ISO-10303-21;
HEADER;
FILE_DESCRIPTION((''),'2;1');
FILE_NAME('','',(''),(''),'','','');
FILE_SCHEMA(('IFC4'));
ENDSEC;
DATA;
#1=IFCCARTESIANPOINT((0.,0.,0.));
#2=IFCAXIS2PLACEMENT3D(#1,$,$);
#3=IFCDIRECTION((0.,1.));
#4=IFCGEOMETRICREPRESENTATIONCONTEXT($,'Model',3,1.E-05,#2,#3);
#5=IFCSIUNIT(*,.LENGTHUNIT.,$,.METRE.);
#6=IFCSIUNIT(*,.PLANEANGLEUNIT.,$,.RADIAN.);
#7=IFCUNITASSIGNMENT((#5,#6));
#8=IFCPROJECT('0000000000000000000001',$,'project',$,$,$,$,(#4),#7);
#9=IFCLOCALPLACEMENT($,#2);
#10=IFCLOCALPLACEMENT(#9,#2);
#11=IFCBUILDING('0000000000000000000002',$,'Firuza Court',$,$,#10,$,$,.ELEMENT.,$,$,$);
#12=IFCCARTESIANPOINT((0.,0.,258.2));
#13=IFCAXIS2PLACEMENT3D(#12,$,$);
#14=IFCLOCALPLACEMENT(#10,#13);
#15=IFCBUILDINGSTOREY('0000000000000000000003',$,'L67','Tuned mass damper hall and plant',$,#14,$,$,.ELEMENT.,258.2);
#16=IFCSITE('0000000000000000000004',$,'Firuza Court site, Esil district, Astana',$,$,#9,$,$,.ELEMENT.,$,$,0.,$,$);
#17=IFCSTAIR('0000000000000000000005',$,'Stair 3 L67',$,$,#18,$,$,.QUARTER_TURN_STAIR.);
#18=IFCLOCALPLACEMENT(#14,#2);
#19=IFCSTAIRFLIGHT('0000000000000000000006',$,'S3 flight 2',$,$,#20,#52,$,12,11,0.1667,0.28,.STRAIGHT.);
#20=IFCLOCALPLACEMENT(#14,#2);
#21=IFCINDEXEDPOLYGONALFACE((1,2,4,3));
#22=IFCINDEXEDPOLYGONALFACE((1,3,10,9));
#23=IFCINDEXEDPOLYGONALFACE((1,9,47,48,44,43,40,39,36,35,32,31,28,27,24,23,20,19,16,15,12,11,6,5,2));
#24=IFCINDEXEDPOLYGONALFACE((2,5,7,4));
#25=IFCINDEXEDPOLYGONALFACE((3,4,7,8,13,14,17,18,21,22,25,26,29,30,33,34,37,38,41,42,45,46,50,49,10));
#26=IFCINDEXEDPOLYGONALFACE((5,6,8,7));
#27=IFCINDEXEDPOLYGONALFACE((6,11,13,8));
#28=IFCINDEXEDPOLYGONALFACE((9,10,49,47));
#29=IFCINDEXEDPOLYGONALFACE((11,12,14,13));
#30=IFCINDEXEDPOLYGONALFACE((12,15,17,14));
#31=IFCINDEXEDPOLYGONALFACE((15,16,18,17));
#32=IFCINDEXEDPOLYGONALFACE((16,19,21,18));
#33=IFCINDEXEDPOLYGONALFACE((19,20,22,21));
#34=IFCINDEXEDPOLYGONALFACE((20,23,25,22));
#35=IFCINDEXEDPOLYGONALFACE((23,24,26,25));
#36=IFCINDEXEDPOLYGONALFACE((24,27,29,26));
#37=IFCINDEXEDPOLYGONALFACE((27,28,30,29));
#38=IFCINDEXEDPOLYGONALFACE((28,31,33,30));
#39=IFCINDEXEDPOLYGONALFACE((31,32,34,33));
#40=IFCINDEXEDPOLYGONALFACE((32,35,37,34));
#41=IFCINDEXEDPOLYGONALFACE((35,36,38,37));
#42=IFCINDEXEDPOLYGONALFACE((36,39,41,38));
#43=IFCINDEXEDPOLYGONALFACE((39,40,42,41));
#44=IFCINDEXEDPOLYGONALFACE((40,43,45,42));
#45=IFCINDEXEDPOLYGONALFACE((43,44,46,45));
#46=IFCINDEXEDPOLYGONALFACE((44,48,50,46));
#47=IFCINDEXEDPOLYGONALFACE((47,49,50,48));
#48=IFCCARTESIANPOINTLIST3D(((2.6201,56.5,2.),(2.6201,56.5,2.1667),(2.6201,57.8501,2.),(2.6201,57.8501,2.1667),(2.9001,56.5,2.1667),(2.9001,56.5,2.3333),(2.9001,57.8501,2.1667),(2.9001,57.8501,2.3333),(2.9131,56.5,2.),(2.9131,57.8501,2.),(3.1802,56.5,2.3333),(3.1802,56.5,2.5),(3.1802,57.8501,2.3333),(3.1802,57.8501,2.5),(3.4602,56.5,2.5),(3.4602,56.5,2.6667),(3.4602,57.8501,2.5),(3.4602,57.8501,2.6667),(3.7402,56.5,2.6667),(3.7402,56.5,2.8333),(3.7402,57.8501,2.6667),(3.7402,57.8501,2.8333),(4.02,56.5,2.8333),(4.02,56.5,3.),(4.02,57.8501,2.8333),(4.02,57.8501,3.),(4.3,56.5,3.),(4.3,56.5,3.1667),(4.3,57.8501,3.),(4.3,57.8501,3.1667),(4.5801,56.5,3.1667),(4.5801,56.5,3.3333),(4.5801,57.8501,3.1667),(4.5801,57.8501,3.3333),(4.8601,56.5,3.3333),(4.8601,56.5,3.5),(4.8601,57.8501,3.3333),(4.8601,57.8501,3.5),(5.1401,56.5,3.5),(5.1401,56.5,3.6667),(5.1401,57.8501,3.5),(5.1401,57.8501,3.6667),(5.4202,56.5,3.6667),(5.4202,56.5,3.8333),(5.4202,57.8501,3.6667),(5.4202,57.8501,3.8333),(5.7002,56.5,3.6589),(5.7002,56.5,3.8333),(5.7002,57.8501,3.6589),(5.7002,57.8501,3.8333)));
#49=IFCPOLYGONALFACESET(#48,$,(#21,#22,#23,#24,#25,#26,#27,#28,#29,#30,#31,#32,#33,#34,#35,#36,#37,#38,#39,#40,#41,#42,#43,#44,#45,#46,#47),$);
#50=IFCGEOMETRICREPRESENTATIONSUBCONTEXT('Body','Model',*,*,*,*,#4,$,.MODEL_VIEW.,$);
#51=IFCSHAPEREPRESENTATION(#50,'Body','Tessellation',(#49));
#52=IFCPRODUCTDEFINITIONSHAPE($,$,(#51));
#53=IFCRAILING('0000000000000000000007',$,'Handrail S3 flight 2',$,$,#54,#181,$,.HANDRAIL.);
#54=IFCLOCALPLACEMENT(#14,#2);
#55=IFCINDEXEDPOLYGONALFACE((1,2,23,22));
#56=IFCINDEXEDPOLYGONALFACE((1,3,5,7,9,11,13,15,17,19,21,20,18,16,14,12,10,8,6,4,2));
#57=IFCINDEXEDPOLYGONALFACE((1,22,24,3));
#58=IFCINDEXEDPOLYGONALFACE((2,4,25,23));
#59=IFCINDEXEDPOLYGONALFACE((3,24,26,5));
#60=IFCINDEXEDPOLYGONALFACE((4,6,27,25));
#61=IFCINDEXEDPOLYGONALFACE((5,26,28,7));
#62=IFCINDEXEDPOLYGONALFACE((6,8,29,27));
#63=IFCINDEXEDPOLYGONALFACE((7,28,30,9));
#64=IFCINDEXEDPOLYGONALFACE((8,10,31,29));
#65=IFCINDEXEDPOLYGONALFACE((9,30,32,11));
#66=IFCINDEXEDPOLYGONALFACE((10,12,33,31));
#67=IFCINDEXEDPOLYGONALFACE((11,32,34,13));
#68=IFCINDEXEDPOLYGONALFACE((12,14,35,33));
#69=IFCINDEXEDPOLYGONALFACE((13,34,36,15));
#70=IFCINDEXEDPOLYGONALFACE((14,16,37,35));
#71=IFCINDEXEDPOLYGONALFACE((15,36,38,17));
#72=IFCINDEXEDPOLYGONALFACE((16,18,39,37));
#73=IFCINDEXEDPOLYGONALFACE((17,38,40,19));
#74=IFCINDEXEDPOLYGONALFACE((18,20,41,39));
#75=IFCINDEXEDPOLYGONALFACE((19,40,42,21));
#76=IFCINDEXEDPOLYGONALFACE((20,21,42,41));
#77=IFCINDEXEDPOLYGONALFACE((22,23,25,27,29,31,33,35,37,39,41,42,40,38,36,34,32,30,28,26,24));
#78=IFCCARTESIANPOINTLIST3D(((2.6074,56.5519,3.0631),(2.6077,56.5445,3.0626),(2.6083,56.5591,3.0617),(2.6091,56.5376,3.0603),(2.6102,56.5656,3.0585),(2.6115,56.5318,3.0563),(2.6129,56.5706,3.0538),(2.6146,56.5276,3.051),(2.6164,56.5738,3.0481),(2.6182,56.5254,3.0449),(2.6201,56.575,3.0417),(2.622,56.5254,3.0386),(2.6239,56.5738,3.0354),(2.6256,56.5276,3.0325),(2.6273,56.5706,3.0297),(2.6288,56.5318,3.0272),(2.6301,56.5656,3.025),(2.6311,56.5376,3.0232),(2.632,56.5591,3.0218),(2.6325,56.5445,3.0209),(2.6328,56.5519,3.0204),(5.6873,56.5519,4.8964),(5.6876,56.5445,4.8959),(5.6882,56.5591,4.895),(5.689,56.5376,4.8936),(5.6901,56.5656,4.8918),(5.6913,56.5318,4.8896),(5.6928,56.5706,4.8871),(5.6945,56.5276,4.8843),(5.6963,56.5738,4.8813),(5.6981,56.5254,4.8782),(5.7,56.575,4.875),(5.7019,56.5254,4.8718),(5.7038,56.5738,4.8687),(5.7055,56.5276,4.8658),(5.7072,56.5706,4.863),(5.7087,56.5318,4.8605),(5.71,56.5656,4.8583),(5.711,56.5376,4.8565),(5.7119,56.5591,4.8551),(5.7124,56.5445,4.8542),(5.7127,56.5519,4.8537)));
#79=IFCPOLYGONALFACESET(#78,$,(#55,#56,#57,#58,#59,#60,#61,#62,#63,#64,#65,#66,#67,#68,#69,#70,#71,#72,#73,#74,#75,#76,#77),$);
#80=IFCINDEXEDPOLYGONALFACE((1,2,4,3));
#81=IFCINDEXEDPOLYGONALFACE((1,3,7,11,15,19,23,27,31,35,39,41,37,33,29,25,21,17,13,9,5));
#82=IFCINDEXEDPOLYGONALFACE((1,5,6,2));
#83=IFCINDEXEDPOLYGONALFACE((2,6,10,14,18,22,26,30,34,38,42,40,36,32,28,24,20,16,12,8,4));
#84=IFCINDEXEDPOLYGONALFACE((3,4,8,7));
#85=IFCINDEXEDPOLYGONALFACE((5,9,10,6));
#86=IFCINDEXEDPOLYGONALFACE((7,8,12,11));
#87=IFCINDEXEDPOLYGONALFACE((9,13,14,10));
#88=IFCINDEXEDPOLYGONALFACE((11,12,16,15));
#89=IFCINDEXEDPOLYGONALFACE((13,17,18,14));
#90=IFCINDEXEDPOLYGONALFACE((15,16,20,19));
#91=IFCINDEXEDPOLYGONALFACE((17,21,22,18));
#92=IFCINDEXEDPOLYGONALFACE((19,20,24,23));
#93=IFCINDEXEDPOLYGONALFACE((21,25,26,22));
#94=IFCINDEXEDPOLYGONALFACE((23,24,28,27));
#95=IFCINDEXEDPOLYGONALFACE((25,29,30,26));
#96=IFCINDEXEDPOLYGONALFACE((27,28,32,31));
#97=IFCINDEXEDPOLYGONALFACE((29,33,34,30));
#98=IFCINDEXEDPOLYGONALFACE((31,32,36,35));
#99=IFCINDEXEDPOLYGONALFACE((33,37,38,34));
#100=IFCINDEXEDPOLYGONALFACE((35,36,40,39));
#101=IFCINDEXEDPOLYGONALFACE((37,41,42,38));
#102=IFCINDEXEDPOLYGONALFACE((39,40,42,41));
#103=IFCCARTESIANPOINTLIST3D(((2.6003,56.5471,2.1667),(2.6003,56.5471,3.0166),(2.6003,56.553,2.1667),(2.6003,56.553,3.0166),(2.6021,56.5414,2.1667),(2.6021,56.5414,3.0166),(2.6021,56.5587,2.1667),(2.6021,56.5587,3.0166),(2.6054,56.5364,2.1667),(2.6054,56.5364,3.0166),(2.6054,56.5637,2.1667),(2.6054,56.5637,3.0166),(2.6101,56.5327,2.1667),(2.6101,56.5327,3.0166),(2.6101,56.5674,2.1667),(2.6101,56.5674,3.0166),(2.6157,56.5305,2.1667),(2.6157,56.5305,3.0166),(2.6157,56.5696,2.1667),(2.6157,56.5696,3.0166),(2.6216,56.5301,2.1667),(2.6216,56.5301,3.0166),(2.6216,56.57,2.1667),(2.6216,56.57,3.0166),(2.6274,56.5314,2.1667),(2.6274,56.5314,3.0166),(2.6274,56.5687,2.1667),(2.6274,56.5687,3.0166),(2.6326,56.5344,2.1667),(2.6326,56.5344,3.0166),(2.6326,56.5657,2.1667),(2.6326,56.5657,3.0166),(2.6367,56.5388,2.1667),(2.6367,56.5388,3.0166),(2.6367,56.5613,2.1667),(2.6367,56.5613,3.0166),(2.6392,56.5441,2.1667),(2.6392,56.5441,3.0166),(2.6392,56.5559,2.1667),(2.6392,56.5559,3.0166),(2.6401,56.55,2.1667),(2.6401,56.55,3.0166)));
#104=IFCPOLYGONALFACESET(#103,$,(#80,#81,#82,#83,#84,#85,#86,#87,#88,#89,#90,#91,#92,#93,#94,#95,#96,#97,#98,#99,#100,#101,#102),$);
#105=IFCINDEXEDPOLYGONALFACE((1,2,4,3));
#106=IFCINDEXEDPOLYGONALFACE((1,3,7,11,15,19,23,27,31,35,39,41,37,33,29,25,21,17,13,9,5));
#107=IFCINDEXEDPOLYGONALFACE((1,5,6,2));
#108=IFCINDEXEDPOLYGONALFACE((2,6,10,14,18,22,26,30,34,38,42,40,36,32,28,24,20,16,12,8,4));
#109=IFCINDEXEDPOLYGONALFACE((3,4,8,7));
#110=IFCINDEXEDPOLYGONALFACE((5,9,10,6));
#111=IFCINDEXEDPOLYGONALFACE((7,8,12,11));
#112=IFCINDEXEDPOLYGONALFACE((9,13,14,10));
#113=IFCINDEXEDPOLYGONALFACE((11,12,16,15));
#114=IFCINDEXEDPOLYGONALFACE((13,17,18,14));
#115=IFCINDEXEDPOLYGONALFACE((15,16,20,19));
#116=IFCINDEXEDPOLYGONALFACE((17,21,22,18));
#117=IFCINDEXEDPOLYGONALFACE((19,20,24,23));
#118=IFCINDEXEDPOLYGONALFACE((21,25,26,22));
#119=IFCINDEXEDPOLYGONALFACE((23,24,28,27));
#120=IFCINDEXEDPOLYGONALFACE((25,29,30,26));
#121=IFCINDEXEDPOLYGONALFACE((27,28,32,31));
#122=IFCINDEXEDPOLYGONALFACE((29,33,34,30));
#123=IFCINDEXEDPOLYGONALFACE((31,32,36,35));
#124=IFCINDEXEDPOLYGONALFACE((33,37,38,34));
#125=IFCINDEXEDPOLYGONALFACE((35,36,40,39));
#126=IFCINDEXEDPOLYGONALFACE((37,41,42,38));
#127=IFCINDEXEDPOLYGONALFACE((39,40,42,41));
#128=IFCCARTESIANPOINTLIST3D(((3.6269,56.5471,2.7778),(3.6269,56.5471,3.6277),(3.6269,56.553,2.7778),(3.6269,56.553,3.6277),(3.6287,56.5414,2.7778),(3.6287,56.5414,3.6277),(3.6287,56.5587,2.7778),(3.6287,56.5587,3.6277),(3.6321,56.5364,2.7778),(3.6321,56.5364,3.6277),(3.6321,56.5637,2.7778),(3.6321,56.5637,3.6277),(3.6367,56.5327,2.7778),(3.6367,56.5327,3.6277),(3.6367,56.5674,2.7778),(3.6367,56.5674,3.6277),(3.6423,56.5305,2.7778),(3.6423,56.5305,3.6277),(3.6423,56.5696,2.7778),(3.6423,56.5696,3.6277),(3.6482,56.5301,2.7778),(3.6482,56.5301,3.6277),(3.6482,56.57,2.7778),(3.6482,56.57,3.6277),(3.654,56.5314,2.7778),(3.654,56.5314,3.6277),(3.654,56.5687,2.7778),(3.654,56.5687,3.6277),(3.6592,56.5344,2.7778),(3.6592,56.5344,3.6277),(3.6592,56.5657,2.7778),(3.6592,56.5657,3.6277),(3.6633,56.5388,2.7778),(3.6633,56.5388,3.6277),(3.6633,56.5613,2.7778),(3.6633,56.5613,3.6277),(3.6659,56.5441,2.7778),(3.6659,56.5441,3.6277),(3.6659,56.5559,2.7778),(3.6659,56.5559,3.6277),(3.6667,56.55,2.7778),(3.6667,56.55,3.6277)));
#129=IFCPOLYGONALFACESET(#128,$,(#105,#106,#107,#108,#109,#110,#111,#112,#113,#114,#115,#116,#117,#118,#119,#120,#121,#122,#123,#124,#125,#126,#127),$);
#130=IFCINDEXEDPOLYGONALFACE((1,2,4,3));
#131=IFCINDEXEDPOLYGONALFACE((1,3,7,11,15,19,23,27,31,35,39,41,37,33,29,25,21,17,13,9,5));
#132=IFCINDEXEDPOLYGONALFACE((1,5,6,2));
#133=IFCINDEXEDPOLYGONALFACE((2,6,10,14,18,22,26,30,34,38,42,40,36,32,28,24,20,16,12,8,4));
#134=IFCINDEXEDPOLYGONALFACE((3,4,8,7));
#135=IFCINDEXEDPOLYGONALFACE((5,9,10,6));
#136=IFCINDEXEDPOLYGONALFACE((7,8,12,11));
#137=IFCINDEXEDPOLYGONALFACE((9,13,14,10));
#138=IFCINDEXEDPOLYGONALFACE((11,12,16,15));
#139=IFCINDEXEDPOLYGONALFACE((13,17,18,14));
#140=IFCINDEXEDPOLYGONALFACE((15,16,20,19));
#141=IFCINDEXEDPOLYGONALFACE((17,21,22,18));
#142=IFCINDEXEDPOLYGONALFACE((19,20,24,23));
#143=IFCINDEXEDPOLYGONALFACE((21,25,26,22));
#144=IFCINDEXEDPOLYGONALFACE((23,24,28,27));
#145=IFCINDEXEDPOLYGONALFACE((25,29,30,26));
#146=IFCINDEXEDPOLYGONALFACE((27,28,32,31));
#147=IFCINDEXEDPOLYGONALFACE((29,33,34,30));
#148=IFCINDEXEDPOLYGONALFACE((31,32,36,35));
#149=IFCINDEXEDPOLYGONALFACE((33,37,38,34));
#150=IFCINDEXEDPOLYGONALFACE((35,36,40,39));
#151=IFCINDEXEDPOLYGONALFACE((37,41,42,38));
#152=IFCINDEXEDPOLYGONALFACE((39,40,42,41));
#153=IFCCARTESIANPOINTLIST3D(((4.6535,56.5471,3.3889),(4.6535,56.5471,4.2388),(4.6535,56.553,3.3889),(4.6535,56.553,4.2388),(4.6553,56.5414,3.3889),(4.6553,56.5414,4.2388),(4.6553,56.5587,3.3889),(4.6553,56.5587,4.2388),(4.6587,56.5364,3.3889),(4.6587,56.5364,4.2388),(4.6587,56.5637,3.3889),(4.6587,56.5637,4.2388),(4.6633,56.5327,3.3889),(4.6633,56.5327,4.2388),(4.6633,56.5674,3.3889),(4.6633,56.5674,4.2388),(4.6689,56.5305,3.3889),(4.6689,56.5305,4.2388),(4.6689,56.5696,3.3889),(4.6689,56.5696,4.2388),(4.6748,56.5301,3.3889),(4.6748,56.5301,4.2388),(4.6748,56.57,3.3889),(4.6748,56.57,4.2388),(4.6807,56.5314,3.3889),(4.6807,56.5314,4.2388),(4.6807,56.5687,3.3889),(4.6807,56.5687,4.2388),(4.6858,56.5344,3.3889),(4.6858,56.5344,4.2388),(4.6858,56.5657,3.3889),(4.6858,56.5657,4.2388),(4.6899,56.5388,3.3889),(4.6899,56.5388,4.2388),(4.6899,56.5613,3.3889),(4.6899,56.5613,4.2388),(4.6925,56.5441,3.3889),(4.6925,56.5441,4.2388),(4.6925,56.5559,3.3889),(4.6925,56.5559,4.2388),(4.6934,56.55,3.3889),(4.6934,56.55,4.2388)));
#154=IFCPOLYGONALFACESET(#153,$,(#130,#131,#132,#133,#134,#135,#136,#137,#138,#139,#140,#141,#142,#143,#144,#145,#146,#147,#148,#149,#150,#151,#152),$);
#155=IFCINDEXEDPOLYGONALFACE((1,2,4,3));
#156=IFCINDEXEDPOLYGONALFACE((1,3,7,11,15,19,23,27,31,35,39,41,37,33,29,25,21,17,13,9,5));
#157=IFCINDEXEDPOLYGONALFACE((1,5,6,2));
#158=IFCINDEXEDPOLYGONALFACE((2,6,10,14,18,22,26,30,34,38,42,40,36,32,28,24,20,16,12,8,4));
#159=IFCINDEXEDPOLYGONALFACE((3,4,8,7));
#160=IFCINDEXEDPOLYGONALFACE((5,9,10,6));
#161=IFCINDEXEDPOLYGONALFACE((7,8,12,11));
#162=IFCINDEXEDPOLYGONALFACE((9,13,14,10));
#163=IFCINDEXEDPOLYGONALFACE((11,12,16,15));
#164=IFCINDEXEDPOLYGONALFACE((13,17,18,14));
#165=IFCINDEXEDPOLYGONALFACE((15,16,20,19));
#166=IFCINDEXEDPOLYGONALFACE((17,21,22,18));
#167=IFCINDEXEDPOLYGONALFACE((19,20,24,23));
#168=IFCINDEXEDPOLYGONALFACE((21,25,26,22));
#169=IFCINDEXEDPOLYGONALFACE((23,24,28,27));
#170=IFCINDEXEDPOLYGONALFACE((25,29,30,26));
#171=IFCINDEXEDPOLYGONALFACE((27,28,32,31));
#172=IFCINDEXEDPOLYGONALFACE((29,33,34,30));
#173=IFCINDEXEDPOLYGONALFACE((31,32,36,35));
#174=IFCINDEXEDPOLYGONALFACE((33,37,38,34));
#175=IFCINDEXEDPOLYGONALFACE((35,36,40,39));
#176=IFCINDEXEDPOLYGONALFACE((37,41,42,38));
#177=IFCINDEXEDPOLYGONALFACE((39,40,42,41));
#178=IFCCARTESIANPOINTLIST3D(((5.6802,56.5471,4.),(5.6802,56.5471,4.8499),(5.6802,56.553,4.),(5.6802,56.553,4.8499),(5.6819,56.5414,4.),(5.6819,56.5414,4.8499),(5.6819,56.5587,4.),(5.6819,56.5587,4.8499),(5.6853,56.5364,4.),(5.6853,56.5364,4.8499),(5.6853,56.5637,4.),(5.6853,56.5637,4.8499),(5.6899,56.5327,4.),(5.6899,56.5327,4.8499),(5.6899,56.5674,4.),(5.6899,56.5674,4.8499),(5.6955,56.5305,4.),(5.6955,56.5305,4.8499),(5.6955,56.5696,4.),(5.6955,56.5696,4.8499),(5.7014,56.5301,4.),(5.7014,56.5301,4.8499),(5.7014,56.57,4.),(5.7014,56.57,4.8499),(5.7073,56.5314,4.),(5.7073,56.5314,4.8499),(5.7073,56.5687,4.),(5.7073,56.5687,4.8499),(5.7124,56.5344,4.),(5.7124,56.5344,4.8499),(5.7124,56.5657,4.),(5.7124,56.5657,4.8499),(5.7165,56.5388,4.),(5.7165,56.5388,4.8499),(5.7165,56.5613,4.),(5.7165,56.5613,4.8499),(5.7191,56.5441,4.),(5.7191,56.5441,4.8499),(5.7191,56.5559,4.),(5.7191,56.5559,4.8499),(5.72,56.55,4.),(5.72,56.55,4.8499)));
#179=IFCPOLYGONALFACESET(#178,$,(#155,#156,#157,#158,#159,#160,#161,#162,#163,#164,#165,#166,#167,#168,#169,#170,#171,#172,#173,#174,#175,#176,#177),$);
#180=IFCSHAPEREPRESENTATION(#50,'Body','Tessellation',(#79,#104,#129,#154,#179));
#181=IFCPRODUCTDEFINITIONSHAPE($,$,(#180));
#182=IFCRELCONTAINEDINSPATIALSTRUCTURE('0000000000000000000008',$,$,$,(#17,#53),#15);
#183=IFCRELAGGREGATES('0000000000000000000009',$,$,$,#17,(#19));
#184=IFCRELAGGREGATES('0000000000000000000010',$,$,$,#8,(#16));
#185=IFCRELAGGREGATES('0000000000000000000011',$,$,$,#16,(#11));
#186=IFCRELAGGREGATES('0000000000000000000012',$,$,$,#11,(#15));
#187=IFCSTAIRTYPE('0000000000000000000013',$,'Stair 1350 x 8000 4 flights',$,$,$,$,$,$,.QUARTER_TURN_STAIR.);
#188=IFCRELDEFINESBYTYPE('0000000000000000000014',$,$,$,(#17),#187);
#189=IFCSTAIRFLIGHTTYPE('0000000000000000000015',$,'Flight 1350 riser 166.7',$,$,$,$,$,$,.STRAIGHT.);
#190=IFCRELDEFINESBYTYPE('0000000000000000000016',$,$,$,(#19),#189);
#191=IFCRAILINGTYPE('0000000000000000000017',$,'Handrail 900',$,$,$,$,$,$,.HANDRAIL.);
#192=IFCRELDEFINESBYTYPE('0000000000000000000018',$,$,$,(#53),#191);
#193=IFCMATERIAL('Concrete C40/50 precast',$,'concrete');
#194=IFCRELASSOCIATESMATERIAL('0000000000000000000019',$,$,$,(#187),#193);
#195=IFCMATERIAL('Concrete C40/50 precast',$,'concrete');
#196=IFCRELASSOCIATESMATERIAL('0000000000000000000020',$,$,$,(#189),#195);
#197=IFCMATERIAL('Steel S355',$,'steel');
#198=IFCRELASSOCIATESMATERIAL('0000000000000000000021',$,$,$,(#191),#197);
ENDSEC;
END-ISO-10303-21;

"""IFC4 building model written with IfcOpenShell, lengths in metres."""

from ifc_helpers import new_model, si_unit, direction, frame, origin, origin_2d, place, context, subcontext, project, spatial, polyline, circle, outline, extrude, material, type_object, element, aggregate, save


model = new_model("IFC4")

# Units and contexts
model_context = context("Model", 3, precision=1e-05, world=origin(), true_north=direction((0.0, 1.0)))
body_context = subcontext(model_context, "Body", "Model", "MODEL_VIEW")
ifc_project = project(units=[si_unit("LENGTHUNIT", "METRE"), si_unit("PLANEANGLEUNIT", "RADIAN")], contexts=[model_context])

# Site, building, storey
site_placement = place(None, origin())
site = spatial("IfcSite", under=ifc_project, at=site_placement, Name="Firuza Court site, Esil district, Astana", CompositionType="ELEMENT", RefElevation=0.0)
building_placement = place(site_placement, origin())
building = spatial("IfcBuilding", under=site, at=building_placement, Name="Firuza Court", CompositionType="ELEMENT")
storey_placement = place(building_placement, frame((0.0, 0.0, 258.2)))
storey = spatial("IfcBuildingStorey", under=building, at=storey_placement, Name="L67", Description="Tuned mass damper hall and plant", CompositionType="ELEMENT", Elevation=258.2)

# Stair, stair flight
ifc_material_1 = material(Name="Concrete C40/50 precast", Category="concrete")
stair_type = type_object("IfcStairType", Name="Stair 1350 x 8000 4 flights", PredefinedType="QUARTER_TURN_STAIR", material=ifc_material_1)
stair_placement = place(storey_placement, origin())
stair = element("IfcStair", 1, at=stair_placement, inside=storey, type_object=stair_type, Name="Stair 3 L67", PredefinedType="QUARTER_TURN_STAIR")
ifc_material_2 = material(Name="Concrete C40/50 precast", Category="concrete")
stair_flight_type = type_object("IfcStairFlightType", Name="Flight 1350 riser 166.7", PredefinedType="STRAIGHT", material=ifc_material_2)
stair_flight_placement = place(storey_placement, frame((2.6201, 57.175, 2.0), z_axis=(0.0, 0.0, 1.0), x_axis=(1.0, 0.0, 0.0)))
stair_flight = element("IfcStairFlight", 2, at=stair_flight_placement, type_object=stair_flight_type, Name="S3 flight 2", NumberOfRisers=12, NumberOfTreads=11, PredefinedType="STRAIGHT", RiserHeight=0.1667, TreadLength=0.28, context=body_context, shape_type="SweptSolid", body=[
    extrude(outline(polyline([(0.0, 0.0), (0.0, 0.1667), (0.28, 0.1667), (0.28, 0.3333), (0.5601, 0.3333), (0.5601, 0.5), (0.8401, 0.5), (0.8401, 0.6667), (1.1201, 0.6667), (1.1201, 0.8333), (1.3999, 0.8333), (1.3999, 1.0), (1.6799, 1.0), (1.6799, 1.1667), (1.96, 1.1667), (1.96, 1.3333), (2.24, 1.3333), (2.24, 1.5), (2.52, 1.5), (2.52, 1.6667), (2.8, 1.6667), (2.8, 1.8333), (3.0801, 1.8333), (3.0801, 2.0), (3.0801, 1.6589), (0.293, 0.0), (0.0, 0.0)])), frame((0.0, 0.675, 0.0), z_axis=(0.0, -1.0, 0.0), x_axis=(1.0, 0.0, 0.0)), (0.0, 0.0, 1.0), 1.3501),
])
aggregate(stair, [stair_flight])

# Railing
ifc_material_3 = material(Name="Steel S355", Category="steel")
railing_type = type_object("IfcRailingType", Name="Handrail 900", PredefinedType="HANDRAIL", material=ifc_material_3)
railing_placement = place(storey_placement, frame((2.6201, 56.55, 2.1667)))
element("IfcRailing", 3, at=railing_placement, inside=storey, type_object=railing_type, Name="Handrail S3 flight 2", PredefinedType="HANDRAIL", context=body_context, shape_type="SweptSolid", body=[
    extrude(circle(Radius=0.0249, at=origin_2d()), frame((0.0, 0.0, 0.875), z_axis=(0.859291, 0.0, 0.511487), x_axis=(0.0, 1.0, 0.0)), (0.0, 0.0, 1.0), 3.5842),
    extrude(circle(Radius=0.02, at=origin_2d()), origin(), (0.0, 0.0, 1.0), 0.8499),
    extrude(circle(Radius=0.02, at=origin_2d()), frame((1.0266, 0.0, 0.6111)), (0.0, 0.0, 1.0), 0.8499),
    extrude(circle(Radius=0.02, at=origin_2d()), frame((2.0532, 0.0, 1.2222)), (0.0, 0.0, 1.0), 0.8499),
    extrude(circle(Radius=0.02, at=origin_2d()), frame((3.0798, 0.0, 1.8333)), (0.0, 0.0, 1.0), 0.8499),
])

save(model, "model.ifc")
